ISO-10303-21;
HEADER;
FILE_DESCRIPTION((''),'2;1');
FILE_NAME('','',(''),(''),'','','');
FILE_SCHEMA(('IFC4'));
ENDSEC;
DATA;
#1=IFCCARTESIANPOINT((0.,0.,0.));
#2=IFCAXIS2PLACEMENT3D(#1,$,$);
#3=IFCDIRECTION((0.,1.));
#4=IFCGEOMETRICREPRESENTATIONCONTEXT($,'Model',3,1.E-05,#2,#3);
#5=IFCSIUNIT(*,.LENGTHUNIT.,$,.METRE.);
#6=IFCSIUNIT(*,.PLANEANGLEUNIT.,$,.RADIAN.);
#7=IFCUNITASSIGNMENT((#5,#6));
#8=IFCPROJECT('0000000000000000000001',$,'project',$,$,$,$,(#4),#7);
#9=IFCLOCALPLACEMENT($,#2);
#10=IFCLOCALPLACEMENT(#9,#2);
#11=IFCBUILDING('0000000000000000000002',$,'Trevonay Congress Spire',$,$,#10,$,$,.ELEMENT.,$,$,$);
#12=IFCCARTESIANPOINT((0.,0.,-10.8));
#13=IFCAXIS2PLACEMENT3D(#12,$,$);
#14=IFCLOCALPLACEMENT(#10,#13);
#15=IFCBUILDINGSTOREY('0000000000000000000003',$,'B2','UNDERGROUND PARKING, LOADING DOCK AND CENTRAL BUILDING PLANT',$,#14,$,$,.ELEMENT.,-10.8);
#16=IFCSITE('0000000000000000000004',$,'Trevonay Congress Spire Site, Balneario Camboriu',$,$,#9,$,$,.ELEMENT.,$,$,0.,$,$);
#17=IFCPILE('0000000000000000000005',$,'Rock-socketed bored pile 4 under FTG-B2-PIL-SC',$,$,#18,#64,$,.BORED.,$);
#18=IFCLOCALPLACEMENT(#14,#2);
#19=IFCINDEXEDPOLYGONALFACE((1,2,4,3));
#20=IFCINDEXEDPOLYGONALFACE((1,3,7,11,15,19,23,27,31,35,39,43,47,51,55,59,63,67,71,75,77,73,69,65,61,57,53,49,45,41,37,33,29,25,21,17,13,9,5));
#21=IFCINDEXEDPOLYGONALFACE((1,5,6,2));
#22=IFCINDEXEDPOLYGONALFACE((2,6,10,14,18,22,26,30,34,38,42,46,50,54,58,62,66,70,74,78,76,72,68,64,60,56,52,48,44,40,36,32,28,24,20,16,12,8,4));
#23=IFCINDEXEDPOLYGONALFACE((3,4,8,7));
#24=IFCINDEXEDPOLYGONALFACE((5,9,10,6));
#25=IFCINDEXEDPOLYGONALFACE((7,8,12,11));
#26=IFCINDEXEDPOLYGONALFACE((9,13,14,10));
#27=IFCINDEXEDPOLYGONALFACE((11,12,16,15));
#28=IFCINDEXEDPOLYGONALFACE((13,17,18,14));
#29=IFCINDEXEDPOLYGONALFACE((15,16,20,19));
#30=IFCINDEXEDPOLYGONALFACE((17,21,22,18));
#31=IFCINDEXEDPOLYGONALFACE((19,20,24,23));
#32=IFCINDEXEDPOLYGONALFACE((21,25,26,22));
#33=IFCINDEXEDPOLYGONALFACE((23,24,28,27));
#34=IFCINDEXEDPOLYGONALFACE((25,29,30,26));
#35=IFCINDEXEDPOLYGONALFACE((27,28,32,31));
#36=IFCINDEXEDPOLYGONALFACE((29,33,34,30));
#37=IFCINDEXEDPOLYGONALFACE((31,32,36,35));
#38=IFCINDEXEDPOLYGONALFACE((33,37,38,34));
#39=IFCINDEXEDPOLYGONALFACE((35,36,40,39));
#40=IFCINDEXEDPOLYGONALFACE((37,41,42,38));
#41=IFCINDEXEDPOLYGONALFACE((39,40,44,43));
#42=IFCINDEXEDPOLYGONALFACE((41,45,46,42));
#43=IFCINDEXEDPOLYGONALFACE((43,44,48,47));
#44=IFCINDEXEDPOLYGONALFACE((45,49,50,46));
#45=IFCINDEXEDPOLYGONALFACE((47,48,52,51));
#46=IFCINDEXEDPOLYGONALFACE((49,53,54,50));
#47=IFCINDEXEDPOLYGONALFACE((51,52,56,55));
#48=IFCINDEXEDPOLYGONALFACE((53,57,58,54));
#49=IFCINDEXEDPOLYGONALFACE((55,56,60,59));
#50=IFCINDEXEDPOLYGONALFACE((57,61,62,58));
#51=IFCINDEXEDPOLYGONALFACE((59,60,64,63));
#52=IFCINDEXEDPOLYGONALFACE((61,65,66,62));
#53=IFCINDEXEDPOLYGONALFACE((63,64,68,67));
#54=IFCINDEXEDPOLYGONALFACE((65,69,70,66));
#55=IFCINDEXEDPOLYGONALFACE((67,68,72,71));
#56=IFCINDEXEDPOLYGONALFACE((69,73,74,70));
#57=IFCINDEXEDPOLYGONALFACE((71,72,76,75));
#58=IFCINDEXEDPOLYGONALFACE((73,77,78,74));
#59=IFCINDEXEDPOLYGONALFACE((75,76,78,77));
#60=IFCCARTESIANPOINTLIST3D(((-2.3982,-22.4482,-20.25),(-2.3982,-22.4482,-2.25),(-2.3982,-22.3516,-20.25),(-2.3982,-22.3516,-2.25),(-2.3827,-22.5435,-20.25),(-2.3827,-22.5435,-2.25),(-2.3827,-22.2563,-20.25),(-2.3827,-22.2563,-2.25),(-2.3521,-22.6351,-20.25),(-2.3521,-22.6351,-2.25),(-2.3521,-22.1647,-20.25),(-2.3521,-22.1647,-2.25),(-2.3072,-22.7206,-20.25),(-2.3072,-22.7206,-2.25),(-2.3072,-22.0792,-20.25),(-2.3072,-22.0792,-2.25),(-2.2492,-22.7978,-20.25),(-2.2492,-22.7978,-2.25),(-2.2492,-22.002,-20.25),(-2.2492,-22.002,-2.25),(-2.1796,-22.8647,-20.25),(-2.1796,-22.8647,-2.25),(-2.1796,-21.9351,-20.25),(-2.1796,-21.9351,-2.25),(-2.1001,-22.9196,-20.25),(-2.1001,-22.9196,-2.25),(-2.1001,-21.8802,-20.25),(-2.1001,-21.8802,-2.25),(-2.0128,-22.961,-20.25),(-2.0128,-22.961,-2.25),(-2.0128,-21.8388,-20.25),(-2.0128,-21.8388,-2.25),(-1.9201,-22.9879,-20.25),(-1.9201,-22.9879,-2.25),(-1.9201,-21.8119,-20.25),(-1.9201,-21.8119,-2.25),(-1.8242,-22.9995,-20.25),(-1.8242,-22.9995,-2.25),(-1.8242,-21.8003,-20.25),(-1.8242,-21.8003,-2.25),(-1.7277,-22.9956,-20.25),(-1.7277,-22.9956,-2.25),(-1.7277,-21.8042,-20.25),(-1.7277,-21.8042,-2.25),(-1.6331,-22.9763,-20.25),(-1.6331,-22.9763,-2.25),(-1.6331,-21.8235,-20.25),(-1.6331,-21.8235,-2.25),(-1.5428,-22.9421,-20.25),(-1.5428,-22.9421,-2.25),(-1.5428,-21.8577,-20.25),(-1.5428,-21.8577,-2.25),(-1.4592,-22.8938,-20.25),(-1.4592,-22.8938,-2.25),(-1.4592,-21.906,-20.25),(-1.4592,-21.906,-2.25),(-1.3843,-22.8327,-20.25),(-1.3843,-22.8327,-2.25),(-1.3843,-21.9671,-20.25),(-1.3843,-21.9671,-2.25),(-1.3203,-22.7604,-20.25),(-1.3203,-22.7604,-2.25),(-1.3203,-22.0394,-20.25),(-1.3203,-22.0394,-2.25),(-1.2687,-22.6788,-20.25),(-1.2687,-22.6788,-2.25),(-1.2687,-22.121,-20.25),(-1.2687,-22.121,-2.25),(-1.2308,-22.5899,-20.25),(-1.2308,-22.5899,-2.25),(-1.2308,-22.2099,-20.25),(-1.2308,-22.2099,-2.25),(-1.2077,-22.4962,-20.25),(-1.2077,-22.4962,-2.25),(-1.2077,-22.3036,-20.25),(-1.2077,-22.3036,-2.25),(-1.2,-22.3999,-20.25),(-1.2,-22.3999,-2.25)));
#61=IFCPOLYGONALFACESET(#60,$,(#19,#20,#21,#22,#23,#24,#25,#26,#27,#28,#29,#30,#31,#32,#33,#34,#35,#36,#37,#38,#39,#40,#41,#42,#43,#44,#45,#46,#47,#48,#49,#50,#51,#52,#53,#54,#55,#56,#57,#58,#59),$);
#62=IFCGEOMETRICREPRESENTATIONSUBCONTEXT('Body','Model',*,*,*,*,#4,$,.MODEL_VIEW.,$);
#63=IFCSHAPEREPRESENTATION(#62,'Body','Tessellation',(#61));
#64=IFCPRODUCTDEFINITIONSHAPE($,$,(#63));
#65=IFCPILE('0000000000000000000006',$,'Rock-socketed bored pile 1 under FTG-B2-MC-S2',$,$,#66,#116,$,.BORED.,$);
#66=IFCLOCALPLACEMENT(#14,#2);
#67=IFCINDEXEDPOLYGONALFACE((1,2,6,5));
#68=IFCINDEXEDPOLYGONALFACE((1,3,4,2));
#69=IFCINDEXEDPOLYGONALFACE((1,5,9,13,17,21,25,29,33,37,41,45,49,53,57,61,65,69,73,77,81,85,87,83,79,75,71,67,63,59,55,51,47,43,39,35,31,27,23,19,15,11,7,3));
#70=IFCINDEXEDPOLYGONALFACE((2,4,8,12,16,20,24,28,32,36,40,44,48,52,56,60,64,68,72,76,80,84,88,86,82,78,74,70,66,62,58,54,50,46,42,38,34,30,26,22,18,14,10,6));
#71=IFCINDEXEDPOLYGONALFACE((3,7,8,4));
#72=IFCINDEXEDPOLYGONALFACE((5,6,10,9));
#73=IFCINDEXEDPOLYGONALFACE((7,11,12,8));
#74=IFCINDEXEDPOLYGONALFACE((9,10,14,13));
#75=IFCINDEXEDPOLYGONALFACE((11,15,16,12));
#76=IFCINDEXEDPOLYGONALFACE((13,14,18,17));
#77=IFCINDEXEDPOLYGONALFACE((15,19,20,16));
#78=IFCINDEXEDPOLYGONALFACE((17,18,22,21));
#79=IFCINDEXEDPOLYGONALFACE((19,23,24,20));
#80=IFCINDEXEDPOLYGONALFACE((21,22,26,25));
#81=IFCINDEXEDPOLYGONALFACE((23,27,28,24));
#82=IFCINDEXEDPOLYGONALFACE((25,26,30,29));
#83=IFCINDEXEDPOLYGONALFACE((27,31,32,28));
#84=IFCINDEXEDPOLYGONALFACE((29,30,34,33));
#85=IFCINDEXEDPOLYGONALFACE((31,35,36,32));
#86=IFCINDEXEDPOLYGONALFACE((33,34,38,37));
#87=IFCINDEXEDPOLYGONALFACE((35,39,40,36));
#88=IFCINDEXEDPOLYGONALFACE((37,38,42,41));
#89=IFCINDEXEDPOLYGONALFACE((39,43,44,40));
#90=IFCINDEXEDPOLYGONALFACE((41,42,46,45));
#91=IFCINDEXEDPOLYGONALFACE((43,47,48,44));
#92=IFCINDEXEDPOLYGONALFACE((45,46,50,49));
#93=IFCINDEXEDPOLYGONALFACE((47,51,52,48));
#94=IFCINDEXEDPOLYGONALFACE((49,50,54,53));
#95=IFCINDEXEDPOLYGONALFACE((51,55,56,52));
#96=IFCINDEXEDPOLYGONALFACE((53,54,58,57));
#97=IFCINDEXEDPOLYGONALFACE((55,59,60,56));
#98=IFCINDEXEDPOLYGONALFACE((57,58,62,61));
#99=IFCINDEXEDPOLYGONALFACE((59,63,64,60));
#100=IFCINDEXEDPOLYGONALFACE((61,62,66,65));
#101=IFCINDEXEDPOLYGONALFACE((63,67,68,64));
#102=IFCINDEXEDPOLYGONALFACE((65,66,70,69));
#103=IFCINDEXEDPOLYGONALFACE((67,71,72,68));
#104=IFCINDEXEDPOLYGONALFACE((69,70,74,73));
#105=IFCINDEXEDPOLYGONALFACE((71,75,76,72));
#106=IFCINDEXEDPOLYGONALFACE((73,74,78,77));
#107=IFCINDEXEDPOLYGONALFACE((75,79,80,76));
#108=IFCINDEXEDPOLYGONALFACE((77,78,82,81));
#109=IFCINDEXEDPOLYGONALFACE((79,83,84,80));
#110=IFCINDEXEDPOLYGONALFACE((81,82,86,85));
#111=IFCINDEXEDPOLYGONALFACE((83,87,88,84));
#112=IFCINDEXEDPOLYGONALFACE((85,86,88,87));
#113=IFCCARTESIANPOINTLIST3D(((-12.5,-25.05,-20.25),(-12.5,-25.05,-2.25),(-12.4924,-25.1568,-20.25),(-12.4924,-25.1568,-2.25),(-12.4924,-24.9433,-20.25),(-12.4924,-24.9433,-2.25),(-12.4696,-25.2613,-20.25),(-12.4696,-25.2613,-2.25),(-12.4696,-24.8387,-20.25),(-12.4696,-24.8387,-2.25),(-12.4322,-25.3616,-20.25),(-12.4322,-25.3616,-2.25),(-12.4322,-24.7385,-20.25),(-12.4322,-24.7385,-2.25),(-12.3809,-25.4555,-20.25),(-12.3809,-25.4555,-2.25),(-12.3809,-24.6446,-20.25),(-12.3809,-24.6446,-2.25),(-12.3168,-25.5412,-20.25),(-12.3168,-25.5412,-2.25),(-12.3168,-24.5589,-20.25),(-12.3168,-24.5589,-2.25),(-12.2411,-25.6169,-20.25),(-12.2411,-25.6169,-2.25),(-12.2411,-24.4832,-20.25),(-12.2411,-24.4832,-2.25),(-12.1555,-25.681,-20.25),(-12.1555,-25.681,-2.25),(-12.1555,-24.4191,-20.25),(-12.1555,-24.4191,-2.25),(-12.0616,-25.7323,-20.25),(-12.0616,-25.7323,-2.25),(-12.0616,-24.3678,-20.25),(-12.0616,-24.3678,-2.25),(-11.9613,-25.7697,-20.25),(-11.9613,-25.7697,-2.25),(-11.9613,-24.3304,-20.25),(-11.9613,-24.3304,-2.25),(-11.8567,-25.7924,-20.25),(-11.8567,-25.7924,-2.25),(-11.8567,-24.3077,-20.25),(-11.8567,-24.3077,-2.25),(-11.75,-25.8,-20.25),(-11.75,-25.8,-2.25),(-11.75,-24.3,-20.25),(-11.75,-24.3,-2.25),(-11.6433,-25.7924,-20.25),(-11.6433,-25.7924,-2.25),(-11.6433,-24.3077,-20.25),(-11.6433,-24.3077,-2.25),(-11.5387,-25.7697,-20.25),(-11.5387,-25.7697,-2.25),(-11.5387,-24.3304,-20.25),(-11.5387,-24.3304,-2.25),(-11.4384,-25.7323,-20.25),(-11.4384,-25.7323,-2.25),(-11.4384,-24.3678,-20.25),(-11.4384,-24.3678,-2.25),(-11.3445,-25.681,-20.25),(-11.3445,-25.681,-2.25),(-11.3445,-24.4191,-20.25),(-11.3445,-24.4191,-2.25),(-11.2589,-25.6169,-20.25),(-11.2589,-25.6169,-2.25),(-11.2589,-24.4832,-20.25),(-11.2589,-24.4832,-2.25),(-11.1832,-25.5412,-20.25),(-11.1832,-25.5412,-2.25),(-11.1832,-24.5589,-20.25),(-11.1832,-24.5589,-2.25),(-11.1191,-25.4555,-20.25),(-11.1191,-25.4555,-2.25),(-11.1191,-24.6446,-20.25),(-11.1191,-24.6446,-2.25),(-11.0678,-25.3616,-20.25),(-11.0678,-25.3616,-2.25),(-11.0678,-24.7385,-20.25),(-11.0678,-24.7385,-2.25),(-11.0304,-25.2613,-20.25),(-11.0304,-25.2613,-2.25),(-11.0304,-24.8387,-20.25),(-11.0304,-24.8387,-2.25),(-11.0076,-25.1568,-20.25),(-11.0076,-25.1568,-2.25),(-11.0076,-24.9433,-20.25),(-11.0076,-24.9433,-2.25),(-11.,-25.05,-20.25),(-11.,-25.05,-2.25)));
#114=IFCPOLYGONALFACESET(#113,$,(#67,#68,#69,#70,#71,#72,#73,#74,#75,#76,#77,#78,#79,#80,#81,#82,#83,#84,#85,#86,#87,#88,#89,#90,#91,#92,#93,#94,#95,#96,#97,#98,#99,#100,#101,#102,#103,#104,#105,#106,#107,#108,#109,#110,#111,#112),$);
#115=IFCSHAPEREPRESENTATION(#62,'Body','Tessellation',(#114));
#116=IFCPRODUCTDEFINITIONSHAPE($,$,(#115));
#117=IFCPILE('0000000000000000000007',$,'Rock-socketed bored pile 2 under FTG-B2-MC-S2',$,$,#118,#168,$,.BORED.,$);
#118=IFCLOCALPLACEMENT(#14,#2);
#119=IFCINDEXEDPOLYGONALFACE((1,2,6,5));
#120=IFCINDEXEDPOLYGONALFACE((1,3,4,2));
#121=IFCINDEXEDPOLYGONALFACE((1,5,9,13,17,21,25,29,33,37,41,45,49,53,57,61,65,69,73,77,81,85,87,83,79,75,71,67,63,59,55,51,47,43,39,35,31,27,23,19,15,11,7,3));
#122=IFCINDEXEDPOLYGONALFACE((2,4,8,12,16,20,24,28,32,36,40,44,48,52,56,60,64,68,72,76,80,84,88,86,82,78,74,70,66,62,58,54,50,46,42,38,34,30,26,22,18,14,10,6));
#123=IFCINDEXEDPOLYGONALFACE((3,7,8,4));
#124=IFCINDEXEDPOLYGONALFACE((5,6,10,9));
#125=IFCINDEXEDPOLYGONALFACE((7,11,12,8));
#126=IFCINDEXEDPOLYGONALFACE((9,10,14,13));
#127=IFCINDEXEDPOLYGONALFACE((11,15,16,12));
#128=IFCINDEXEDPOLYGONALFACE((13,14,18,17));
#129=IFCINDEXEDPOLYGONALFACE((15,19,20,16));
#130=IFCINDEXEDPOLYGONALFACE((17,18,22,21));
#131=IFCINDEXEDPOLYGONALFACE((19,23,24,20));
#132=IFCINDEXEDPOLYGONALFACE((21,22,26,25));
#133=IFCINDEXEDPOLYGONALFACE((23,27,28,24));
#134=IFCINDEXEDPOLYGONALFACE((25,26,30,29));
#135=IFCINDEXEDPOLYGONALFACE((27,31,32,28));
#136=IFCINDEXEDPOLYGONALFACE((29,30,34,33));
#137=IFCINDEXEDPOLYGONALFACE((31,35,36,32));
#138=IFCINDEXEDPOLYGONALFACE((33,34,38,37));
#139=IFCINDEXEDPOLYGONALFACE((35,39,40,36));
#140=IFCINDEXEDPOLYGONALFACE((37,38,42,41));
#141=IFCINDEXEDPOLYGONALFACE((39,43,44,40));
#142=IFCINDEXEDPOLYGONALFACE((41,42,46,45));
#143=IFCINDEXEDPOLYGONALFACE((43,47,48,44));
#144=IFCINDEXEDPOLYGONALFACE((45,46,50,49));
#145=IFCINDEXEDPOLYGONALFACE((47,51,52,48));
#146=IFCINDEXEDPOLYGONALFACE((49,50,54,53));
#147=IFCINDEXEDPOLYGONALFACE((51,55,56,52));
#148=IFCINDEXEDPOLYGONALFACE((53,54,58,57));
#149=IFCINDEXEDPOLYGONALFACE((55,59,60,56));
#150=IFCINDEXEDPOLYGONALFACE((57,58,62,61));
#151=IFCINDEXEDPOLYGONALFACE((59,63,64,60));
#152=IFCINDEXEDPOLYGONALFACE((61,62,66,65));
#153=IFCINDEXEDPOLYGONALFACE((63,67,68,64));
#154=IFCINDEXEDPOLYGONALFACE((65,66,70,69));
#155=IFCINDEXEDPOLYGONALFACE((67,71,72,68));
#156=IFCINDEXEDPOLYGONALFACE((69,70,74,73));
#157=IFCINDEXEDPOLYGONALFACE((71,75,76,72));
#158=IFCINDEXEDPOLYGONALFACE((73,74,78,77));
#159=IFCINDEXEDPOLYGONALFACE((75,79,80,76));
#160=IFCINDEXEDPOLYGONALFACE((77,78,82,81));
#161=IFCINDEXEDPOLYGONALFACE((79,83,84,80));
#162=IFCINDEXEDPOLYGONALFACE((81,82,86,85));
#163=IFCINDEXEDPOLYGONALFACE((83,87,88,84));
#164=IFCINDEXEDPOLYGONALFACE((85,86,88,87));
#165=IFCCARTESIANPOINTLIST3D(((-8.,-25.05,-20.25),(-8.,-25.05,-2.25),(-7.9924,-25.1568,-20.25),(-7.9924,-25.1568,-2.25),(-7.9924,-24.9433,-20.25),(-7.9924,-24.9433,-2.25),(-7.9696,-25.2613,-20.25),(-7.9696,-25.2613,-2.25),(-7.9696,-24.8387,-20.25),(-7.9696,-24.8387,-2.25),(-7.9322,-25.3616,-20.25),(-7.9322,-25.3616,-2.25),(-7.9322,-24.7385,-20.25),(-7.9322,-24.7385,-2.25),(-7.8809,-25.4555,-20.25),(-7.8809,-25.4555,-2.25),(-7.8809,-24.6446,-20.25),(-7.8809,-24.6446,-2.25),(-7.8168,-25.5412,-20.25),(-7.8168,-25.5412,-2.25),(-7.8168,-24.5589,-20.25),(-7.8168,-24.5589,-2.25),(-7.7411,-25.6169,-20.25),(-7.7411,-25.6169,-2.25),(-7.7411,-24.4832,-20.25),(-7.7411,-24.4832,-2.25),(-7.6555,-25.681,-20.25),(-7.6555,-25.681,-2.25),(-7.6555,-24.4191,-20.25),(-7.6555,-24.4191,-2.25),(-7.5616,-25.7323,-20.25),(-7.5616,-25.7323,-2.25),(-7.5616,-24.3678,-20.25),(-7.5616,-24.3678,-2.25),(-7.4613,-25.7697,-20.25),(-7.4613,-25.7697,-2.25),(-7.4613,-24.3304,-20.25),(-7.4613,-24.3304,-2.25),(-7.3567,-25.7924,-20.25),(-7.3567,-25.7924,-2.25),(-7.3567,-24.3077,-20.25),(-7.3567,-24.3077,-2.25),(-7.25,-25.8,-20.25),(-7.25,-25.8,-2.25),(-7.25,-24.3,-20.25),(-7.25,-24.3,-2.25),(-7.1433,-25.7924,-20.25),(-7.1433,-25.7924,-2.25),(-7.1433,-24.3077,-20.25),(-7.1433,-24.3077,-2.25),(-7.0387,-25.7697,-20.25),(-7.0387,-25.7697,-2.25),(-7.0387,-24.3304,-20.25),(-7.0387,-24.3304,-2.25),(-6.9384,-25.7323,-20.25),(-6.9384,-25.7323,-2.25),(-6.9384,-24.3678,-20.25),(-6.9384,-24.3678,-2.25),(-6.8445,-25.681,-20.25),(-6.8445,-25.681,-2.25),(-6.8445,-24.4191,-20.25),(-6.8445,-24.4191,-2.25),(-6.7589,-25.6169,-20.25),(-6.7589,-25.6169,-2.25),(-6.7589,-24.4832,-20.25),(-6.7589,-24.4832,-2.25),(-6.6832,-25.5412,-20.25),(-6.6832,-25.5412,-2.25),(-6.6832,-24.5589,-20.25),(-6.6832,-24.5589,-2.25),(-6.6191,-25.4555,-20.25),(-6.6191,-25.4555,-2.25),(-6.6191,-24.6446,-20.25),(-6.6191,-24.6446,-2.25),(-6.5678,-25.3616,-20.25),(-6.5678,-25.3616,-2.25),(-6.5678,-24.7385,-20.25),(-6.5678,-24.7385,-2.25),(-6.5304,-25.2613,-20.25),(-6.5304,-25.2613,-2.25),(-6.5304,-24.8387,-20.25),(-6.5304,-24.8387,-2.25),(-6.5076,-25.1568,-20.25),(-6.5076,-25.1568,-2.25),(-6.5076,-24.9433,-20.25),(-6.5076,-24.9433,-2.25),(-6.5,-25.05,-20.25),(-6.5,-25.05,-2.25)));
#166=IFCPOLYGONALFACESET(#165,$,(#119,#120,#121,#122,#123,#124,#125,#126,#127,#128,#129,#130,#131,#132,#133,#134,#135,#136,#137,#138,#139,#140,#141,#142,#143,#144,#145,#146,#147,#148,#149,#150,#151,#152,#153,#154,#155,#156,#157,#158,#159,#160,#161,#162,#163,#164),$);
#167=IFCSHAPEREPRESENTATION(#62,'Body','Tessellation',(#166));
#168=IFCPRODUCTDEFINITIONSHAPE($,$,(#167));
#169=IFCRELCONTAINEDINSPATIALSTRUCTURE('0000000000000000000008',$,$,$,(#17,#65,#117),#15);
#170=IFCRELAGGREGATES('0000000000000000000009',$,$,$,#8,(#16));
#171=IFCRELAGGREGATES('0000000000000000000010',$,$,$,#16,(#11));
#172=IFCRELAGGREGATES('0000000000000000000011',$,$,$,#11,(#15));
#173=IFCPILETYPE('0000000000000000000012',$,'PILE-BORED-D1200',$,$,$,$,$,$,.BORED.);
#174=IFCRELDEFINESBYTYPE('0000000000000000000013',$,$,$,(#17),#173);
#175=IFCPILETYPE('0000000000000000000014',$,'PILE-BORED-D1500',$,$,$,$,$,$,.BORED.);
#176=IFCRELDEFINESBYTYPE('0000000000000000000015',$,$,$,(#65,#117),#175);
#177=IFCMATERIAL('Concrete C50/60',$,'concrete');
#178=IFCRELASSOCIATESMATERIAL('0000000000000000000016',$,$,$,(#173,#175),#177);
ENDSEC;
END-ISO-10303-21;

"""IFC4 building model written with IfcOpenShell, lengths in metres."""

from ifc_helpers import new_model, si_unit, direction, frame, origin, origin_2d, place, context, subcontext, project, spatial, circle, extrude, material, material_profile, profile_set, type_object, element, save


model = new_model("IFC4")

# Units and contexts
model_context = context("Model", 3, precision=1e-05, world=origin(), true_north=direction((0.0, 1.0)))
body_context = subcontext(model_context, "Body", "Model", "MODEL_VIEW")
ifc_project = project(units=[si_unit("LENGTHUNIT", "METRE"), si_unit("PLANEANGLEUNIT", "RADIAN")], contexts=[model_context])

# Site, building, storey
site_placement = place(None, origin())
site = spatial("IfcSite", under=ifc_project, at=site_placement, Name="Trevonay Congress Spire Site, Balneario Camboriu", CompositionType="ELEMENT", RefElevation=0.0)
building_placement = place(site_placement, origin())
building = spatial("IfcBuilding", under=site, at=building_placement, Name="Trevonay Congress Spire", CompositionType="ELEMENT")
storey_placement = place(building_placement, frame((0.0, 0.0, -10.8)))
storey = spatial("IfcBuildingStorey", under=building, at=storey_placement, Name="B2", Description="UNDERGROUND PARKING, LOADING DOCK AND CENTRAL BUILDING PLANT", CompositionType="ELEMENT", Elevation=-10.8)

# Shared definitions
ifc_material_1 = material(Name="Concrete C50/60", Category="concrete")

# Piles
ifc_material_profile_1 = material_profile(ifc_material_1, circle(Radius=0.6001, at=origin_2d()), Name="PILE D1200")
ifc_profile_set_1 = profile_set([ifc_material_profile_1], Name="Concrete C50/60")
pile_type_1 = type_object("IfcPileType", Name="PILE-BORED-D1200", PredefinedType="BORED", material=ifc_profile_set_1)
for number, where, z_axis, x_axis, name in (
    (1, (-1.8, -22.3999, -2.25), (0.0, 0.0, -1.0), (1.0, 0.0, 0.0), "Rock-socketed bored pile 4 under FTG-B2-PIL-SC"),
):
    element("IfcPile", number, at=place(storey_placement, frame(where, z_axis=z_axis, x_axis=x_axis)), inside=storey, type_object=pile_type_1, Name=name, PredefinedType="BORED", context=body_context, shape_type="SweptSolid", body=[
        extrude(circle(Radius=0.6001, at=origin_2d()), origin(), (0.0, 0.0, 1.0), 18.0),
    ])
ifc_material_profile_2 = material_profile(ifc_material_1, circle(Radius=0.75, at=origin_2d()), Name="PILE D1500")
ifc_profile_set_2 = profile_set([ifc_material_profile_2], Name="Concrete C50/60")
pile_type_2 = type_object("IfcPileType", Name="PILE-BORED-D1500", PredefinedType="BORED", material=ifc_profile_set_2)
for number, where, z_axis, x_axis, name in (
    (2, (-11.75, -25.05, -2.25), (0.0, 0.0, -1.0), (1.0, 0.0, 0.0), "Rock-socketed bored pile 1 under FTG-B2-MC-S2"),
    (3, (-7.25, -25.05, -2.25), (0.0, 0.0, -1.0), (1.0, 0.0, 0.0), "Rock-socketed bored pile 2 under FTG-B2-MC-S2"),
):
    element("IfcPile", number, at=place(storey_placement, frame(where, z_axis=z_axis, x_axis=x_axis)), inside=storey, type_object=pile_type_2, Name=name, PredefinedType="BORED", context=body_context, shape_type="SweptSolid", body=[
        extrude(circle(Radius=0.75, at=origin_2d()), origin(), (0.0, 0.0, 1.0), 18.0),
    ])

save(model, "model.ifc")
